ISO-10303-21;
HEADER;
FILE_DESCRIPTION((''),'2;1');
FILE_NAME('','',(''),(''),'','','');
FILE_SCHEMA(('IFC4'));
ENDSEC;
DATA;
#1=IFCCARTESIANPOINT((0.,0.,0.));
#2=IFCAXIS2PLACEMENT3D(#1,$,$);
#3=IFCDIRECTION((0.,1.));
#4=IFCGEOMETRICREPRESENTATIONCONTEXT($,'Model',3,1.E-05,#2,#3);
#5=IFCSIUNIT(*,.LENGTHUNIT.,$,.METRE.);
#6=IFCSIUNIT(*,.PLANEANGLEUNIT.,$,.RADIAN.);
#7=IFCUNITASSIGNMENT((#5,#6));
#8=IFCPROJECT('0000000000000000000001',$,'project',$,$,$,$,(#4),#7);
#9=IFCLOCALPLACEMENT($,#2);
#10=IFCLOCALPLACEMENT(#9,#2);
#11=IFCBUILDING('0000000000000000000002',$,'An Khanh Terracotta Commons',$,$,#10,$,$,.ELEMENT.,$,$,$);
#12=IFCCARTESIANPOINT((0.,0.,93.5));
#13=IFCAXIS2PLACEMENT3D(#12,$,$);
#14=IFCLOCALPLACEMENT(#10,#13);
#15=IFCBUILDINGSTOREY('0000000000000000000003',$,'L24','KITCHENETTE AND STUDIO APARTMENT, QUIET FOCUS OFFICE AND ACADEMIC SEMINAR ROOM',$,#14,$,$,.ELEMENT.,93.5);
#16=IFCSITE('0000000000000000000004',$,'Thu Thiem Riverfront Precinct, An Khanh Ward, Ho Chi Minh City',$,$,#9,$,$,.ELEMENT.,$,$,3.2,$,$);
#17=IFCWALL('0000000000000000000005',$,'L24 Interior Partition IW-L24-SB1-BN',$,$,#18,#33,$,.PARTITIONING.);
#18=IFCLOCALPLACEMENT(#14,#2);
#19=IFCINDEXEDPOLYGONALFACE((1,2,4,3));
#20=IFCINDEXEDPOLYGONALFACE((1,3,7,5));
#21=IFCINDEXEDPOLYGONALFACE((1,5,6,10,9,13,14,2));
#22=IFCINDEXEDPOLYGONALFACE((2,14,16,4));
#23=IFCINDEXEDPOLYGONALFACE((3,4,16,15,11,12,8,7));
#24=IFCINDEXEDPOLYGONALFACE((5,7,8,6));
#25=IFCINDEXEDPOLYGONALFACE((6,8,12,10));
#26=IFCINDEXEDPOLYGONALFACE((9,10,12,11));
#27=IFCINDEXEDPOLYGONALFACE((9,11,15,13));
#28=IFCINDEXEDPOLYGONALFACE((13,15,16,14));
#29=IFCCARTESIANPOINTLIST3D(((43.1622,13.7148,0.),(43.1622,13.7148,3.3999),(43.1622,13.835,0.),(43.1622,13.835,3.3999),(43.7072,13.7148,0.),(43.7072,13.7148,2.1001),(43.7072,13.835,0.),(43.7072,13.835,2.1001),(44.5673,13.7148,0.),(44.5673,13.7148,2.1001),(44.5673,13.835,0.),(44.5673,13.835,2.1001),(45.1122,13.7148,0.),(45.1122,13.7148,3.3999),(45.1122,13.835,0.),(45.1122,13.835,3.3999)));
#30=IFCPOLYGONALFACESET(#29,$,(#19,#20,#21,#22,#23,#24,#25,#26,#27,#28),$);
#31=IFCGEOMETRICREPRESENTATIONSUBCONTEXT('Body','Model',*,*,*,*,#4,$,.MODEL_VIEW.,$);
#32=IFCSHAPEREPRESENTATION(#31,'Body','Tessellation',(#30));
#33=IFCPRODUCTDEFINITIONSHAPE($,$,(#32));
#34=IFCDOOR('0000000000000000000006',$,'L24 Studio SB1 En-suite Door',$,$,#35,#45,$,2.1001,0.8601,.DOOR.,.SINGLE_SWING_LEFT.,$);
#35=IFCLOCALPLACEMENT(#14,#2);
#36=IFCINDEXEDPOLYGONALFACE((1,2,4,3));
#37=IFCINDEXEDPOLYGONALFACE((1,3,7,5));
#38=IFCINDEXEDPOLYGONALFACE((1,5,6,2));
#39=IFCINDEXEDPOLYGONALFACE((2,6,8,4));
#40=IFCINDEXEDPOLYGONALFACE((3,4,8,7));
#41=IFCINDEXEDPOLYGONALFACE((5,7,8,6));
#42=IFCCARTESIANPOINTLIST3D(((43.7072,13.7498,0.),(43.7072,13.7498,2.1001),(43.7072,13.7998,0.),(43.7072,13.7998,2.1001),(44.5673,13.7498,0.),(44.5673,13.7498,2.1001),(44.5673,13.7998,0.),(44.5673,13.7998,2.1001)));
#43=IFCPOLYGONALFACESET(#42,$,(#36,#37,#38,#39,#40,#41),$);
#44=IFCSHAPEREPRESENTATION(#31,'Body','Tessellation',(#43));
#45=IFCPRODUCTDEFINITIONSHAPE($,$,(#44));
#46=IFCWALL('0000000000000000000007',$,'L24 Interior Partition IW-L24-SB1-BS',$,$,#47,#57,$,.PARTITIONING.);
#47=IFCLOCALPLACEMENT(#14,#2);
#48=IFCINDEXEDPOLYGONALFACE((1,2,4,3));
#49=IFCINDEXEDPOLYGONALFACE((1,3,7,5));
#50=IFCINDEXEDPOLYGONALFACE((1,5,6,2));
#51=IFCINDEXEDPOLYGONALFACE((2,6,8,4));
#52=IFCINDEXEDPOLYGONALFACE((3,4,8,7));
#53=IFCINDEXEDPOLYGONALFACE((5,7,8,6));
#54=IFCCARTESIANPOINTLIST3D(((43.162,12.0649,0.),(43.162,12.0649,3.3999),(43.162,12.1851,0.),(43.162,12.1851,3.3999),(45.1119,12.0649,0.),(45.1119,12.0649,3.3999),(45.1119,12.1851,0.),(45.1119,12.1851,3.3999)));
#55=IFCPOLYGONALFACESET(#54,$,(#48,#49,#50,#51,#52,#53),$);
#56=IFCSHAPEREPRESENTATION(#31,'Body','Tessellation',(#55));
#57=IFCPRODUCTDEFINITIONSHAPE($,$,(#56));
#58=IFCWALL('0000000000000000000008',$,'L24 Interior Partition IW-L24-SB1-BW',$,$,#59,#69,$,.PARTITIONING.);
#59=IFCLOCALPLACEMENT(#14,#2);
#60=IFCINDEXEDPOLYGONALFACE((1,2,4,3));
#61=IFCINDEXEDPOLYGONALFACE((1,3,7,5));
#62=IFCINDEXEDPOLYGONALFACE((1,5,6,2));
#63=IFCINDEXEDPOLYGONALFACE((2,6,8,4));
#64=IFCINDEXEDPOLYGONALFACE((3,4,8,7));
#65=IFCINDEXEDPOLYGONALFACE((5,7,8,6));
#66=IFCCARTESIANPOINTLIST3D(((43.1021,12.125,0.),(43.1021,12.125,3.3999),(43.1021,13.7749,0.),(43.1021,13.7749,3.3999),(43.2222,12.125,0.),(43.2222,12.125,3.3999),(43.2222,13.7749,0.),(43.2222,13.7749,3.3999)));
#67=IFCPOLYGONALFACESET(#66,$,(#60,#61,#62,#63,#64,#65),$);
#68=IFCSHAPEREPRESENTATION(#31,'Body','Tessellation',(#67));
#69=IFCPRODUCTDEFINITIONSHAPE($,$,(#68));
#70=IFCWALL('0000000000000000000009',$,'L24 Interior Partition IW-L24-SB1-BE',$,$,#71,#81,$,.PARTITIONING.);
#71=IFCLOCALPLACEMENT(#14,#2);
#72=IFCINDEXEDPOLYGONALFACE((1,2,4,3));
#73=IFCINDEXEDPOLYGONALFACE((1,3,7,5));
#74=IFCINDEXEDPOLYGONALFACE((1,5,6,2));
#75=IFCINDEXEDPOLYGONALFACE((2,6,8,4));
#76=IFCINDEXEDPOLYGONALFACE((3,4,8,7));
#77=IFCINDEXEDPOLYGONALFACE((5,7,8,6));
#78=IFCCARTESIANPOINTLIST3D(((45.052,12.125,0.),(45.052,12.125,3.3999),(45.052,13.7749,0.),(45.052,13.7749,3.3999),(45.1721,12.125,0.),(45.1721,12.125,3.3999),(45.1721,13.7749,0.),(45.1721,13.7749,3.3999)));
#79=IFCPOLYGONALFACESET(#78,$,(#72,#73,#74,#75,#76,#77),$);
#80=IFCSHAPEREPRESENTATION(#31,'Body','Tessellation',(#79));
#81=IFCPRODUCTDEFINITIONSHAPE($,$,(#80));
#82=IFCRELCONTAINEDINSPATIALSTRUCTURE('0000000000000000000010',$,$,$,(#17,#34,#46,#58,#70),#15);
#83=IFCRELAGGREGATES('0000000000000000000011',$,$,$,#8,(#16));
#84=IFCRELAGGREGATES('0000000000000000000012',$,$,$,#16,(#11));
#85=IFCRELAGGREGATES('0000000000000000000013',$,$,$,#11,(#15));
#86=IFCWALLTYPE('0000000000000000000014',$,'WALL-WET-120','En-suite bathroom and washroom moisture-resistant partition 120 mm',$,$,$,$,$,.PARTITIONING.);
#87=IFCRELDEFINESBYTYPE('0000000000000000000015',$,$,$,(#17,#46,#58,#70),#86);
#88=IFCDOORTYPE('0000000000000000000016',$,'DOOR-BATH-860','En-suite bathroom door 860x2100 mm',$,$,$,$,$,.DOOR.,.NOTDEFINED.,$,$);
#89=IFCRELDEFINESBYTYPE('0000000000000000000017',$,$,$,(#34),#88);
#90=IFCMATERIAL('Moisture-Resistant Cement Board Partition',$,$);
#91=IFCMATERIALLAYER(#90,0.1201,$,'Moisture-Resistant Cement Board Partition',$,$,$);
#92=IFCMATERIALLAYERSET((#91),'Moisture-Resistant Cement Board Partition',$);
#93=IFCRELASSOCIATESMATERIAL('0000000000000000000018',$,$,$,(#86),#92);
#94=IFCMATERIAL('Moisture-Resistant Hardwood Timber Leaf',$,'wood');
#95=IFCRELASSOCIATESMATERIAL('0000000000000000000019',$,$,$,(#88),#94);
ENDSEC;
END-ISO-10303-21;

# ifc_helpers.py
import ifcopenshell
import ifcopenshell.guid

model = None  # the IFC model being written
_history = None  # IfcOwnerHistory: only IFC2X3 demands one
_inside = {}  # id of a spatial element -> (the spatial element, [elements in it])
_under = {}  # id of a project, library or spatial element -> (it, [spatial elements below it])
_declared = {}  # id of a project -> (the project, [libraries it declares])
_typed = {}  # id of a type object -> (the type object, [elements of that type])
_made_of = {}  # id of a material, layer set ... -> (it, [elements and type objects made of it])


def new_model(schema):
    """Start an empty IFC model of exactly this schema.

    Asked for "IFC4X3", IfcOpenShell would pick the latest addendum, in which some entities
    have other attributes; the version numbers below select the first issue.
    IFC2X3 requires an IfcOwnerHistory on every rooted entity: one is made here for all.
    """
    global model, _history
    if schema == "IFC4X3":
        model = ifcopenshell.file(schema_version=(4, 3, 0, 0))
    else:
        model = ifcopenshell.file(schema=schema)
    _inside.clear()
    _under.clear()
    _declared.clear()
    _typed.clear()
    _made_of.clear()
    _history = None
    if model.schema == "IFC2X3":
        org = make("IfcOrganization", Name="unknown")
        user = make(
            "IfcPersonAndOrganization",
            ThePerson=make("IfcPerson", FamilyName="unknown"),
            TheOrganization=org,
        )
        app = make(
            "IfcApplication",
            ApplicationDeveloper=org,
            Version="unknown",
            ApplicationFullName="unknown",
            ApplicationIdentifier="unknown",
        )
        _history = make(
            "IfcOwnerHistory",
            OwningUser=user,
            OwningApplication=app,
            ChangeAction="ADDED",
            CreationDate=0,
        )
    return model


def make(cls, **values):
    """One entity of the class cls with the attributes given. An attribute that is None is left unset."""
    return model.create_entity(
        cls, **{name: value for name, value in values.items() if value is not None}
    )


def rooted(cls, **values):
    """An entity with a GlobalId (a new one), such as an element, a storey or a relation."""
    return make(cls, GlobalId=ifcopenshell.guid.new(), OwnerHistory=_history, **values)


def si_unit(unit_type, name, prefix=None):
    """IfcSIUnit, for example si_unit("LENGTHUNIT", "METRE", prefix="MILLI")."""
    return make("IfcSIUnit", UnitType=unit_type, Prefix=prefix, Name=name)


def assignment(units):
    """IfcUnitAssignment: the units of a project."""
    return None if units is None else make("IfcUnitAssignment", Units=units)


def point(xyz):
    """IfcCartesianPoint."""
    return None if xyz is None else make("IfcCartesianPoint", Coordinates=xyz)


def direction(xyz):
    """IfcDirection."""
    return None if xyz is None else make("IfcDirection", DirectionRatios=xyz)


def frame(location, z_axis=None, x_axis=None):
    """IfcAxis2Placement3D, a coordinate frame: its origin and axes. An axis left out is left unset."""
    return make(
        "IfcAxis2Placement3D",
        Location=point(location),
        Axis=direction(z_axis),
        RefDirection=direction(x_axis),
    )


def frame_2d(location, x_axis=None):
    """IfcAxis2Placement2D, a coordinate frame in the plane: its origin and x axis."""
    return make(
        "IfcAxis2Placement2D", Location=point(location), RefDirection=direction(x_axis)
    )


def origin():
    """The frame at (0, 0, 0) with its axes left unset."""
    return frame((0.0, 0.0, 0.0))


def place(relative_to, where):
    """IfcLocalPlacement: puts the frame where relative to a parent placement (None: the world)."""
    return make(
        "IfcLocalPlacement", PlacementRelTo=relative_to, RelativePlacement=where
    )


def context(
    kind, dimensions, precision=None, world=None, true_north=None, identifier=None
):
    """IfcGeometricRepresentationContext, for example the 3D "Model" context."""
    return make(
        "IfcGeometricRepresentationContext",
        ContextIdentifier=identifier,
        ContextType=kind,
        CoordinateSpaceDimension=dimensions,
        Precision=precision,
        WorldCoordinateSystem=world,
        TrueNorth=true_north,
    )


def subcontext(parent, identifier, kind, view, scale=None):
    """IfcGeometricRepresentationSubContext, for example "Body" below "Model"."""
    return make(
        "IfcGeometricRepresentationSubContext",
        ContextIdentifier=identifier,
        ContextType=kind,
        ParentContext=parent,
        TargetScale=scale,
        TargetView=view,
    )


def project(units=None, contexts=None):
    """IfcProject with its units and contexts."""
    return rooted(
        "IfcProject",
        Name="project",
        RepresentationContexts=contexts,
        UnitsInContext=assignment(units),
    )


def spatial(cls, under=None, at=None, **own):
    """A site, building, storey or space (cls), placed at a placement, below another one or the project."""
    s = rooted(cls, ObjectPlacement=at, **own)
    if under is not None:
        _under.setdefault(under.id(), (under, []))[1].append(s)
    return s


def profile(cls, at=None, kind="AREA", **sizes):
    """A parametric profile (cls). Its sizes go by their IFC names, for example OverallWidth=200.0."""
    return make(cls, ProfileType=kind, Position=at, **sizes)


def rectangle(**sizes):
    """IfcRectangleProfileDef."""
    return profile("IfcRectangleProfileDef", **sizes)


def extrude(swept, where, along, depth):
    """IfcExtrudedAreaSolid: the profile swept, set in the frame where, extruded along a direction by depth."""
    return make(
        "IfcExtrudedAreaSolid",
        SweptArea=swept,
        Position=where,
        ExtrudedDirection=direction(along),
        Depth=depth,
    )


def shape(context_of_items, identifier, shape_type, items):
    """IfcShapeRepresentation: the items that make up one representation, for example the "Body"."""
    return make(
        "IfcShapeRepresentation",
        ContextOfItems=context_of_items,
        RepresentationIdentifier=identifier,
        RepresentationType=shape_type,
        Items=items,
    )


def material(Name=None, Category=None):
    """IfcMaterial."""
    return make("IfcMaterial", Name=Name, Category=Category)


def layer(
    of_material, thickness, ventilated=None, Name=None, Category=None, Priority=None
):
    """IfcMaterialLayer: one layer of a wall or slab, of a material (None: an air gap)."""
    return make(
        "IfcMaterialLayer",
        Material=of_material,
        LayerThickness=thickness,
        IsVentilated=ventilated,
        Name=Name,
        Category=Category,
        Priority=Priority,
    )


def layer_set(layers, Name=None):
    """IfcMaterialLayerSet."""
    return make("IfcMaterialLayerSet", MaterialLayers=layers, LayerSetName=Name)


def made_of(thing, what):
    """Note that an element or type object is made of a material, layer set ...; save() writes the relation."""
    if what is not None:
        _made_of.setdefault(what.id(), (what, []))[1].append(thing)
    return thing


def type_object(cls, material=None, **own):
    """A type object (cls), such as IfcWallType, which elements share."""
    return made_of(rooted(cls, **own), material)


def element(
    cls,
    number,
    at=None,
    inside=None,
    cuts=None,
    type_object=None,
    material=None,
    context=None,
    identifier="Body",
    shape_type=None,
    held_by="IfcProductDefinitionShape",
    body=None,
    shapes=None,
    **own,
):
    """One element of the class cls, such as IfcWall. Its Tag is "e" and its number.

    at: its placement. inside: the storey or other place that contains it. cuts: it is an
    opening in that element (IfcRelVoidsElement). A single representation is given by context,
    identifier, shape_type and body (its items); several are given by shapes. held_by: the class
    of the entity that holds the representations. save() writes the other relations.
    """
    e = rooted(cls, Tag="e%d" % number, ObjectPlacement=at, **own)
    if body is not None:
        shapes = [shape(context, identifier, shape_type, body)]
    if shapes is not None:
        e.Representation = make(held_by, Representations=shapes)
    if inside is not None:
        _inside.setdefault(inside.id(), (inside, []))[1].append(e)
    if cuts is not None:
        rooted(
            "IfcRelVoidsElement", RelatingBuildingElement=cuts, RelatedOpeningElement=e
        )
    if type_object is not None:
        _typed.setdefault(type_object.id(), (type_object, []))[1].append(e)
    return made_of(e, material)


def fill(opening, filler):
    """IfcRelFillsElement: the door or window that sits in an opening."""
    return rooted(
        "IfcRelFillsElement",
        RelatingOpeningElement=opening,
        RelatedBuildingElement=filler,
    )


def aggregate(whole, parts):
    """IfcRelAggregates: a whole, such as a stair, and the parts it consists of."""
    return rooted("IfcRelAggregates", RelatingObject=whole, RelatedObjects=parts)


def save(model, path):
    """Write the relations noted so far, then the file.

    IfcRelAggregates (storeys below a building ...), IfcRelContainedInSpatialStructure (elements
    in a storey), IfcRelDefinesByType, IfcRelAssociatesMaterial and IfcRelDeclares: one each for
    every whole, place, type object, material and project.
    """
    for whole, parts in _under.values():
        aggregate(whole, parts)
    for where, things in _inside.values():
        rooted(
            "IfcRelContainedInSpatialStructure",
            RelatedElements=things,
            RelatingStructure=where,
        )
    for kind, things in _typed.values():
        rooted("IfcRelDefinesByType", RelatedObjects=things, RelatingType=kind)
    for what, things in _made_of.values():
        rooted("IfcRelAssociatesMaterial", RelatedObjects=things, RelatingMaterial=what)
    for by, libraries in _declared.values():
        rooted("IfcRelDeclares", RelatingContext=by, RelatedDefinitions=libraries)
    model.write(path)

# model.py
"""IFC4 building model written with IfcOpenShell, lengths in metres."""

from ifc_helpers import new_model, si_unit, direction, frame, frame_2d, origin, place, context, subcontext, project, spatial, rectangle, extrude, material, layer, layer_set, type_object, element, fill, save


model = new_model("IFC4")

# Units and contexts
model_context = context("Model", 3, precision=1e-05, world=origin(), true_north=direction((0.0, 1.0)))
body_context = subcontext(model_context, "Body", "Model", "MODEL_VIEW")
ifc_project = project(units=[si_unit("LENGTHUNIT", "METRE"), si_unit("PLANEANGLEUNIT", "RADIAN")], contexts=[model_context])

# Site, building, storey
site_placement = place(None, origin())
site = spatial("IfcSite", under=ifc_project, at=site_placement, Name="Thu Thiem Riverfront Precinct, An Khanh Ward, Ho Chi Minh City", CompositionType="ELEMENT", RefElevation=3.2)
building_placement = place(site_placement, origin())
building = spatial("IfcBuilding", under=site, at=building_placement, Name="An Khanh Terracotta Commons", CompositionType="ELEMENT")
storey_placement = place(building_placement, frame((0.0, 0.0, 93.5)))
storey = spatial("IfcBuildingStorey", under=building, at=storey_placement, Name="L24", Description="KITCHENETTE AND STUDIO APARTMENT, QUIET FOCUS OFFICE AND ACADEMIC SEMINAR ROOM", CompositionType="ELEMENT", Elevation=93.5)

# Wall, opening, door
ifc_material_1 = material(Name="Moisture-Resistant Cement Board Partition")
ifc_layer_1 = layer(ifc_material_1, 0.1201, Name="Moisture-Resistant Cement Board Partition")
ifc_layer_set_1 = layer_set([ifc_layer_1], Name="Moisture-Resistant Cement Board Partition")
wall_type_1 = type_object("IfcWallType", Name="WALL-WET-120", Description="En-suite bathroom and washroom moisture-resistant partition 120 mm", PredefinedType="PARTITIONING", material=ifc_layer_set_1)
wall_1_placement = place(storey_placement, frame((43.1621, 13.7749, 0.0), z_axis=(0.0, 0.0, 1.0), x_axis=(1.0, 0.0, 0.0)))
wall_1 = element("IfcWall", 1, at=wall_1_placement, inside=storey, type_object=wall_type_1, Name="L24 Interior Partition IW-L24-SB1-BN", PredefinedType="PARTITIONING", context=body_context, shape_type="SweptSolid", body=[
    extrude(rectangle(XDim=1.95, YDim=0.1201, at=frame_2d((0.9751, 0.0))), origin(), (0.0, 0.0, 1.0), 3.3999),
])
opening_1_placement = place(wall_1_placement, frame((0.5449, 0.0, 0.0)))
opening_1 = element("IfcOpeningElement", 2, at=opening_1_placement, cuts=wall_1, PredefinedType="OPENING", context=body_context, shape_type="SweptSolid", body=[
    extrude(rectangle(XDim=0.8601, YDim=2.1001, at=frame_2d((0.4302, 1.05))), frame((0.0, 0.0701, 0.0), z_axis=(0.0, -1.0, 0.0), x_axis=(1.0, 0.0, 0.0)), (0.0, 0.0, 1.0), 0.1401),
])
ifc_material_2 = material(Name="Moisture-Resistant Hardwood Timber Leaf", Category="wood")
door_type_1 = type_object("IfcDoorType", Name="DOOR-BATH-860", Description="En-suite bathroom door 860x2100 mm", OperationType="NOTDEFINED", PredefinedType="DOOR", material=ifc_material_2)
door_1_placement = place(opening_1_placement, origin())
door_1 = element("IfcDoor", 3, at=door_1_placement, inside=storey, type_object=door_type_1, Name="L24 Studio SB1 En-suite Door", OperationType="SINGLE_SWING_LEFT", OverallHeight=2.1001, OverallWidth=0.8601, PredefinedType="DOOR", context=body_context, shape_type="SweptSolid", body=[
    extrude(rectangle(XDim=0.8601, YDim=2.1001, at=frame_2d((0.4302, 1.05))), frame((0.0, 0.0249, 0.0), z_axis=(0.0, -1.0, 0.0), x_axis=(1.0, 0.0, 0.0)), (0.0, 0.0, 1.0), 0.05),
])
fill(opening_1, door_1)

# Walls
wall_2_placement = place(storey_placement, frame((45.1121, 12.125, 0.0), z_axis=(0.0, 0.0, 1.0), x_axis=(-1.0, 0.0, 0.0)))
element("IfcWall", 4, at=wall_2_placement, inside=storey, type_object=wall_type_1, Name="L24 Interior Partition IW-L24-SB1-BS", PredefinedType="PARTITIONING", context=body_context, shape_type="SweptSolid", body=[
    extrude(rectangle(XDim=1.95, YDim=0.1201, at=frame_2d((0.9751, 0.0))), origin(), (0.0, 0.0, 1.0), 3.3999),
])
for number, where, z_axis, x_axis, name in (
    (5, (43.1621, 13.7749, 0.0), (0.0, 0.0, 1.0), (0.0, -1.0, 0.0), "L24 Interior Partition IW-L24-SB1-BW"),
    (6, (45.1121, 12.125, 0.0), (0.0, 0.0, 1.0), (0.0, 1.0, 0.0), "L24 Interior Partition IW-L24-SB1-BE"),
):
    element("IfcWall", number, at=place(storey_placement, frame(where, z_axis=z_axis, x_axis=x_axis)), inside=storey, type_object=wall_type_1, Name=name, PredefinedType="PARTITIONING", context=body_context, shape_type="SweptSolid", body=[
        extrude(rectangle(XDim=1.6499, YDim=0.1201, at=frame_2d((0.825, 0.0))), origin(), (0.0, 0.0, 1.0), 3.3999),
    ])

save(model, "model.ifc")
